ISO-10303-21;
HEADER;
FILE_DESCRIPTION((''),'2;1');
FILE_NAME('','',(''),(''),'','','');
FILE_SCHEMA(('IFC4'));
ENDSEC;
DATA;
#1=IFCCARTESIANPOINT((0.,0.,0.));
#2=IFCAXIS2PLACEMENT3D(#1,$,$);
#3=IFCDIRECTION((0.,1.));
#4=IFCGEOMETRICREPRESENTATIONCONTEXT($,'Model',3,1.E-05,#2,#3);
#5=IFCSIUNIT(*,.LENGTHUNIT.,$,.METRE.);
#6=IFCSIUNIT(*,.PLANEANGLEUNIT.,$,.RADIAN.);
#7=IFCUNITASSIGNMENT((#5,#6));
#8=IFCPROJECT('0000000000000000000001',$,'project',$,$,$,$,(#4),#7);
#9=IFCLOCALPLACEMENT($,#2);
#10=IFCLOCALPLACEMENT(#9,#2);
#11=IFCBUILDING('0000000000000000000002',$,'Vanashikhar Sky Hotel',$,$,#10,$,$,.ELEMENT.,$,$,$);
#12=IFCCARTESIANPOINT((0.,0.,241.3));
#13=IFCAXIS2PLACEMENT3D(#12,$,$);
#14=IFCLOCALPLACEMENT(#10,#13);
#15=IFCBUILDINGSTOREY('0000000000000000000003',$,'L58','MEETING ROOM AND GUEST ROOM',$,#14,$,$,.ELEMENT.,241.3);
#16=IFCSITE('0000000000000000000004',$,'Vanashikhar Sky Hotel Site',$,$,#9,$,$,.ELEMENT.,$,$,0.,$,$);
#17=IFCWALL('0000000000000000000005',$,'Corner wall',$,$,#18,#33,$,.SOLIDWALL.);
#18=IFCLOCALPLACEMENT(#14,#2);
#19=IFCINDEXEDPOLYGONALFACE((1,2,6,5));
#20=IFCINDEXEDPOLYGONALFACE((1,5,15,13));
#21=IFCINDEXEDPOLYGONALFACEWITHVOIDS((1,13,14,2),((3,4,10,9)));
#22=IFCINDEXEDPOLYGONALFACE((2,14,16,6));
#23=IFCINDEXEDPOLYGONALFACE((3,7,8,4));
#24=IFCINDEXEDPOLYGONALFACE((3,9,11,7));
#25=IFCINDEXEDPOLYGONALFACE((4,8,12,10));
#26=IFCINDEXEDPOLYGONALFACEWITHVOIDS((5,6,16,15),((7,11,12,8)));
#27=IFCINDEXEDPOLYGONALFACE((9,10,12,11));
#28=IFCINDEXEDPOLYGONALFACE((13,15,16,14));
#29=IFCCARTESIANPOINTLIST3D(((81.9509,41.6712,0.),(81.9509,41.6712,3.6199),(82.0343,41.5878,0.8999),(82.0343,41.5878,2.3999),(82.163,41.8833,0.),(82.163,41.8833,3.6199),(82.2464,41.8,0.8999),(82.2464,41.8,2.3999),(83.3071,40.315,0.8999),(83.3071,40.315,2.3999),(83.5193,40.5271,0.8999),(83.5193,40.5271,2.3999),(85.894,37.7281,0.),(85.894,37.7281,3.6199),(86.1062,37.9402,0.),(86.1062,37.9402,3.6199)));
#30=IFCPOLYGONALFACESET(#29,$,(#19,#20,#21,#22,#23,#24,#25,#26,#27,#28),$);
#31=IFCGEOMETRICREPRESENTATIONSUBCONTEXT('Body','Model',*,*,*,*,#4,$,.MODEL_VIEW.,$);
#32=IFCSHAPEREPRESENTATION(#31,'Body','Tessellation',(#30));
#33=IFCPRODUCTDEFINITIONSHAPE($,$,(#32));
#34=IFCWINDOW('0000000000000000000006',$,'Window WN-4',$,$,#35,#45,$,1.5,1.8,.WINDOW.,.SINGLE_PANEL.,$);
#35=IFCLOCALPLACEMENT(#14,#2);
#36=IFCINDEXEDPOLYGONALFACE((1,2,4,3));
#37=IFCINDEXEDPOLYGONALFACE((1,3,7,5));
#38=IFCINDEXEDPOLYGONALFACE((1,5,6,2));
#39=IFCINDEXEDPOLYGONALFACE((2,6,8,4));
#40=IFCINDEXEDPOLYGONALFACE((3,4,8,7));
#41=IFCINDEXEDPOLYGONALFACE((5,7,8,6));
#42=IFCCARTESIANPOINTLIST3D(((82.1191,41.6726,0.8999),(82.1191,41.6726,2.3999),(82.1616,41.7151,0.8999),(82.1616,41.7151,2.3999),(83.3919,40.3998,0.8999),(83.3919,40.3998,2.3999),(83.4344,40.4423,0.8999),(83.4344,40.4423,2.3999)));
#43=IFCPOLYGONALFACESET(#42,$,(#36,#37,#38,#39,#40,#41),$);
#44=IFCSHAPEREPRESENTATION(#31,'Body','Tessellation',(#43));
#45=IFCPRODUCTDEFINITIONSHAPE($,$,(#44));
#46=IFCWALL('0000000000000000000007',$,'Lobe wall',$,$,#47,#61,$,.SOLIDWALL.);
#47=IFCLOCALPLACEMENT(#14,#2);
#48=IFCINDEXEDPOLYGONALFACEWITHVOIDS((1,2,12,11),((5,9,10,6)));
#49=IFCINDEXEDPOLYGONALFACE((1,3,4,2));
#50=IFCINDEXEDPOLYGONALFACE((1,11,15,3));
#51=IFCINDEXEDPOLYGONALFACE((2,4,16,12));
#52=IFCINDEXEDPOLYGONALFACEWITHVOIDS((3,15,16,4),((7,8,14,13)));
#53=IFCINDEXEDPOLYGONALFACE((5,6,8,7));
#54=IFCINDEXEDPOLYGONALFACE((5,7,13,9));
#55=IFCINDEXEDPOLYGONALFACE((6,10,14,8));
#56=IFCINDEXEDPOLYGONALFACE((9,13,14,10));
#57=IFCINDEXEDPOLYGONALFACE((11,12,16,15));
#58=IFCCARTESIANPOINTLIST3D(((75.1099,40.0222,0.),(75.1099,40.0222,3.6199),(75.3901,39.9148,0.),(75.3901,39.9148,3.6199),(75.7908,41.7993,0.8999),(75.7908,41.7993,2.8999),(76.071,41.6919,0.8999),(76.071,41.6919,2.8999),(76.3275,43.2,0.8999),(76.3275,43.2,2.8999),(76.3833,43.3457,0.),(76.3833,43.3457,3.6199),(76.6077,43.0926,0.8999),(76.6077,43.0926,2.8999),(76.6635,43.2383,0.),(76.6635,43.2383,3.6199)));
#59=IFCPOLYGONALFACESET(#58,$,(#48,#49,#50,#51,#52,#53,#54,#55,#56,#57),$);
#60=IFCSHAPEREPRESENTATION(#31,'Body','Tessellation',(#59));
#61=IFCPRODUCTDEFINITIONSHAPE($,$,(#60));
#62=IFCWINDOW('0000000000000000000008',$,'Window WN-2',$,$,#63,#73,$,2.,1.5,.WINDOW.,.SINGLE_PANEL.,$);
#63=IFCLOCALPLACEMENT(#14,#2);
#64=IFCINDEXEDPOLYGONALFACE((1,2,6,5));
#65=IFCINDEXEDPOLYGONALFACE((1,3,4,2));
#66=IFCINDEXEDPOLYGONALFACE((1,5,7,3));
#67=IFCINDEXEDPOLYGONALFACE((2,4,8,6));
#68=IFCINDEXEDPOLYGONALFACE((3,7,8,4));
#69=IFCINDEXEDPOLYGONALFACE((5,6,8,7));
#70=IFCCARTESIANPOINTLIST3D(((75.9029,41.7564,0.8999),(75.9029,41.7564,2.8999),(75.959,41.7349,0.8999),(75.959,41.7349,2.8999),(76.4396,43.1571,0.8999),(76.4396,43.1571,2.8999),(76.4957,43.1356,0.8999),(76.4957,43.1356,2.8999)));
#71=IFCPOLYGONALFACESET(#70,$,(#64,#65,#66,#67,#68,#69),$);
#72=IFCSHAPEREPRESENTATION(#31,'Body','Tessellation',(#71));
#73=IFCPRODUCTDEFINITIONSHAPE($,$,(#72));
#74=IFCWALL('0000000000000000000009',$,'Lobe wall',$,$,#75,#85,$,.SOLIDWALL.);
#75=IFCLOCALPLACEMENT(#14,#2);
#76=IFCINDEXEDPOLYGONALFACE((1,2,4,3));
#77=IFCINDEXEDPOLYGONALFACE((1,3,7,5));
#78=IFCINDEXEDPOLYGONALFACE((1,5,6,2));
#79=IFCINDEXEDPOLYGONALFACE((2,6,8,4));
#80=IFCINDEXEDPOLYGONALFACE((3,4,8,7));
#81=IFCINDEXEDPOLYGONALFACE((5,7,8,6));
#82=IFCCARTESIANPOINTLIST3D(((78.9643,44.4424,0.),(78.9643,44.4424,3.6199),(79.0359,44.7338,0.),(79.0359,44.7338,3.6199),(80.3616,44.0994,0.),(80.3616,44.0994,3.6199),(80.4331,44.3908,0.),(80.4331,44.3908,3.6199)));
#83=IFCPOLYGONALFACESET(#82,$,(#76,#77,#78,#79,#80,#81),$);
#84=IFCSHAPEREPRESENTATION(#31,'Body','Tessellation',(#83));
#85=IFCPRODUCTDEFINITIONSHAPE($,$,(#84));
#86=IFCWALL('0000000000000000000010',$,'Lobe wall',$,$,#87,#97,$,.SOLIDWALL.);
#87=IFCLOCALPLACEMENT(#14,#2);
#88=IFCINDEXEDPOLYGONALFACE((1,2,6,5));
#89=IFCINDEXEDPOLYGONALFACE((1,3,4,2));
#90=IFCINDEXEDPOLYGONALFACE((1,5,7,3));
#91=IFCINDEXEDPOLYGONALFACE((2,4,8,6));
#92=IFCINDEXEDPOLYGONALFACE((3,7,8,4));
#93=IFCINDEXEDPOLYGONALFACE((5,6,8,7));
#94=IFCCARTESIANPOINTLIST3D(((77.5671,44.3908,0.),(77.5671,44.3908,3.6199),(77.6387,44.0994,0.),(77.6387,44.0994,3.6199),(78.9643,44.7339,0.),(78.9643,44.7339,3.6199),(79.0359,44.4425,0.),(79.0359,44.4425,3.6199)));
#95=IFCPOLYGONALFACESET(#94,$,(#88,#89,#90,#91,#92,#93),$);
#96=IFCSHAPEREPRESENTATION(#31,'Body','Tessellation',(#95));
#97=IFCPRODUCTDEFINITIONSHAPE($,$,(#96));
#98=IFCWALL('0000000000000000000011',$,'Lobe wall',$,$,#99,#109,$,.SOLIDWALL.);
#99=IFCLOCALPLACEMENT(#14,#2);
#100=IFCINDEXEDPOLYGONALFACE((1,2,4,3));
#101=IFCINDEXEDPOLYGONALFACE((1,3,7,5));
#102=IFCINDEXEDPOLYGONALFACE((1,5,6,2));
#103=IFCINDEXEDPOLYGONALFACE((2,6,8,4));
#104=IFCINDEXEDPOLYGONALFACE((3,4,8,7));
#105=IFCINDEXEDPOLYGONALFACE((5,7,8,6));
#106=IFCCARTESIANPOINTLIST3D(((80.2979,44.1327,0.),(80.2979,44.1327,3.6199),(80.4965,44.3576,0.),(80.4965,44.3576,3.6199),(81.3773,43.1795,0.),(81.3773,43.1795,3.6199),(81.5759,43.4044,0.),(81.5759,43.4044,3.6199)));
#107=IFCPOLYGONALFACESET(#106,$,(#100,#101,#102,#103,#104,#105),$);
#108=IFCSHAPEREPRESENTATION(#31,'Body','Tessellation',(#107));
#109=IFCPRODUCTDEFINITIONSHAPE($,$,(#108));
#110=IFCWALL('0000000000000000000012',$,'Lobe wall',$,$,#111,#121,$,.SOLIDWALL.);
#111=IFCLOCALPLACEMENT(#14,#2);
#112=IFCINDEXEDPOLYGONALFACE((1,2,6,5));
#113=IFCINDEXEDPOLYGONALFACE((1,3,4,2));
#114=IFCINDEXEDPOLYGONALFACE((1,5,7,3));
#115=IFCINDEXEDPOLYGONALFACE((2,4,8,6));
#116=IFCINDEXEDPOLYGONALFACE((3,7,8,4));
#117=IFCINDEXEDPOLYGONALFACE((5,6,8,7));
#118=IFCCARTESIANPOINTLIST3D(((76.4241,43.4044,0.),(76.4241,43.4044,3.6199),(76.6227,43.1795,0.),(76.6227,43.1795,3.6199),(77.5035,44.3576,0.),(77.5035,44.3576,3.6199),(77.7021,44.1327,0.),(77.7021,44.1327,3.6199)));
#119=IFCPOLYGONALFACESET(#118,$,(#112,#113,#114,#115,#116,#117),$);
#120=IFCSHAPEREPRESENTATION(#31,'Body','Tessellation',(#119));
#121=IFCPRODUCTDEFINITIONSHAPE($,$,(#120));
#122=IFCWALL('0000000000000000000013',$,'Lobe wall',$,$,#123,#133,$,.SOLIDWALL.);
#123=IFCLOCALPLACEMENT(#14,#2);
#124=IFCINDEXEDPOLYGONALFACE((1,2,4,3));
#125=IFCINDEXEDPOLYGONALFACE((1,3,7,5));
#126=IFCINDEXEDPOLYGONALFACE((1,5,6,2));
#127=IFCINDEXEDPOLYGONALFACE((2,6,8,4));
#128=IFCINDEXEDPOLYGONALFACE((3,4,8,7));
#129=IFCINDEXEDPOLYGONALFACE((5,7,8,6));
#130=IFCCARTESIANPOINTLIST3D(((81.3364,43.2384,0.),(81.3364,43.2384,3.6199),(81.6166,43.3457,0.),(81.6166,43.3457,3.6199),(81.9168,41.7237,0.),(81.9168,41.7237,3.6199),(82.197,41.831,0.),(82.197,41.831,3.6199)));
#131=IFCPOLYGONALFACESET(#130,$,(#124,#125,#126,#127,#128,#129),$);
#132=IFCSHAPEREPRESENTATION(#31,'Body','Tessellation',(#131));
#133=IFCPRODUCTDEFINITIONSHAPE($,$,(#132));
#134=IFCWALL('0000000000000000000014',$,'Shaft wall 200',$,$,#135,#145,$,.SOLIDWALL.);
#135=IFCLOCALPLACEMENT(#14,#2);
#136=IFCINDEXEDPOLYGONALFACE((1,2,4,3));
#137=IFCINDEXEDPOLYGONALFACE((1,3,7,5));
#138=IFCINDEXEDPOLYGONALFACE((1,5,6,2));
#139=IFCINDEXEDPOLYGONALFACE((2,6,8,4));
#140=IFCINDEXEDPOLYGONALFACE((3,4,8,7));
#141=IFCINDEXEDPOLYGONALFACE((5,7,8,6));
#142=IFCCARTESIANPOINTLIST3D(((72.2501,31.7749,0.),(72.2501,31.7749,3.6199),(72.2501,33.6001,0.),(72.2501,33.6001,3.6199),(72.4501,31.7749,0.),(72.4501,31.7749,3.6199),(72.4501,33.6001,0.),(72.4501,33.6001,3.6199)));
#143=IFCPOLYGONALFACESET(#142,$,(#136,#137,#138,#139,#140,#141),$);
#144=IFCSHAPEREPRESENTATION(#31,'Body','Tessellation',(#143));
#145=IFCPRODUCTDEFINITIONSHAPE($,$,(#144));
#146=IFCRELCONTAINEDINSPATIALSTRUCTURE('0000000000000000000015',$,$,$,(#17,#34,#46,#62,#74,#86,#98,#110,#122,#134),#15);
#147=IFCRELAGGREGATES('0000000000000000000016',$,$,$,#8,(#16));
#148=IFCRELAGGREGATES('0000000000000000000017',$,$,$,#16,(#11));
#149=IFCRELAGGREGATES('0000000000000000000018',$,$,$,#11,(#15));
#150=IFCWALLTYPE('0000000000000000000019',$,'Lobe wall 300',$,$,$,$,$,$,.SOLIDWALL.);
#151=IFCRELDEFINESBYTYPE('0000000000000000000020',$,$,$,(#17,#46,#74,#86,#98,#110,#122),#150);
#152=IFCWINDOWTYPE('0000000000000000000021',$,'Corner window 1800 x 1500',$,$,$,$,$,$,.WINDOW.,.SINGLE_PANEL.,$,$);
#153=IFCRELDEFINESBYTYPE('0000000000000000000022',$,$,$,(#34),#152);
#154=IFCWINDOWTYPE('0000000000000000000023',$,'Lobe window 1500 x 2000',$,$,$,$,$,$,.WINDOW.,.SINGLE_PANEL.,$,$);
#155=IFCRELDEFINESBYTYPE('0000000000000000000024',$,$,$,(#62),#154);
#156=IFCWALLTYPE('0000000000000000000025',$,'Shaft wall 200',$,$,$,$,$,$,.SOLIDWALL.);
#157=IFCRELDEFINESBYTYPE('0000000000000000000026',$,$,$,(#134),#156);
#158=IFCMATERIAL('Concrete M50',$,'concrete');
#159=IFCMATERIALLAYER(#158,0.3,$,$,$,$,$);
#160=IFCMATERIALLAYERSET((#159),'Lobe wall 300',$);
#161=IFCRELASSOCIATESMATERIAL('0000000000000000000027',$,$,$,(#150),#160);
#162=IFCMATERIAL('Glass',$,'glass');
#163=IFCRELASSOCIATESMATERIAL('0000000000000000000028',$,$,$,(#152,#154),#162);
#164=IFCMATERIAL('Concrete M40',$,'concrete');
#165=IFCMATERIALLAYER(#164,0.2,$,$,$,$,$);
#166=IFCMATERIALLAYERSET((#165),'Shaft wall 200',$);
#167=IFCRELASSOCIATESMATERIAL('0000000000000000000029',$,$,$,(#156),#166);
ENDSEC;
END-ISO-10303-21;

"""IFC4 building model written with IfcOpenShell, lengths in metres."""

from ifc_helpers import new_model, si_unit, direction, frame, frame_2d, origin, place, context, subcontext, project, spatial, rectangle, extrude, source, transform, mapped, material, layer, layer_set, type_object, element, fill, save


model = new_model("IFC4")

# Units and contexts
model_context = context("Model", 3, precision=1e-05, world=origin(), true_north=direction((0.0, 1.0)))
body_context = subcontext(model_context, "Body", "Model", "MODEL_VIEW")
ifc_project = project(units=[si_unit("LENGTHUNIT", "METRE"), si_unit("PLANEANGLEUNIT", "RADIAN")], contexts=[model_context])

# Site, building, storey
site_placement = place(None, origin())
site = spatial("IfcSite", under=ifc_project, at=site_placement, Name="Vanashikhar Sky Hotel Site", CompositionType="ELEMENT", RefElevation=0.0)
building_placement = place(site_placement, origin())
building = spatial("IfcBuilding", under=site, at=building_placement, Name="Vanashikhar Sky Hotel", CompositionType="ELEMENT")
storey_placement = place(building_placement, frame((0.0, 0.0, 241.3)))
storey = spatial("IfcBuildingStorey", under=building, at=storey_placement, Name="L58", Description="MEETING ROOM AND GUEST ROOM", CompositionType="ELEMENT", Elevation=241.3)

# Walls, openings, windows
ifc_material_1 = material(Name="Concrete M50", Category="concrete")
ifc_layer_1 = layer(ifc_material_1, 0.3)
ifc_layer_set_1 = layer_set([ifc_layer_1], Name="Lobe wall 300")
wall_type_1 = type_object("IfcWallType", Name="Lobe wall 300", PredefinedType="SOLIDWALL", material=ifc_layer_set_1)
shared_shape_1 = source(origin(), body_context, "Body", "SweptSolid", [
    extrude(rectangle(XDim=5.5764, YDim=0.3, at=frame_2d((2.7881, 0.0))), origin(), (0.0, 0.0, 1.0), 3.6199),
])
wall_1_placement = place(storey_placement, frame((86.0, 37.8342, 0.0), z_axis=(0.0, 0.0, 1.0), x_axis=(-0.707107, 0.707107, 0.0)))
wall_1 = element("IfcWall", 1, at=wall_1_placement, inside=storey, type_object=wall_type_1, Name="Corner wall", PredefinedType="SOLIDWALL", context=body_context, shape_type="MappedRepresentation", body=[
    mapped(shared_shape_1, transform((0.0, 0.0, 0.0), scale=1.0)),
])
shared_shape_2 = source(origin(), body_context, "Body", "SweptSolid", [
    extrude(rectangle(XDim=1.8, YDim=1.5, at=frame_2d((0.8999, 0.75))), frame((0.0, 0.1602, 0.0), z_axis=(0.0, -1.0, 0.0), x_axis=(1.0, 0.0, 0.0)), (0.0, 0.0, 1.0), 0.3201),
])
opening_1_placement = place(wall_1_placement, frame((3.6584, 0.0, 0.8999)))
opening_1 = element("IfcOpeningElement", 2, at=opening_1_placement, cuts=wall_1, PredefinedType="OPENING", context=body_context, shape_type="MappedRepresentation", body=[
    mapped(shared_shape_2, transform((0.0, 0.0, 0.0), scale=1.0)),
])
ifc_material_2 = material(Name="Glass", Category="glass")
window_type_1 = type_object("IfcWindowType", Name="Corner window 1800 x 1500", PartitioningType="SINGLE_PANEL", PredefinedType="WINDOW", material=ifc_material_2)
shared_shape_3 = source(origin(), body_context, "Body", "SweptSolid", [
    extrude(rectangle(XDim=1.8, YDim=1.5, at=frame_2d((0.8999, 0.75))), frame((0.0, 0.03, 0.0), z_axis=(0.0, -1.0, 0.0), x_axis=(1.0, 0.0, 0.0)), (0.0, 0.0, 1.0), 0.0601),
])
window_1_placement = place(opening_1_placement, origin())
window_1 = element("IfcWindow", 3, at=window_1_placement, inside=storey, type_object=window_type_1, Name="Window WN-4", OverallHeight=1.5, OverallWidth=1.8, PartitioningType="SINGLE_PANEL", PredefinedType="WINDOW", context=body_context, shape_type="MappedRepresentation", body=[
    mapped(shared_shape_3, transform((0.0, 0.0, 0.0), scale=1.0)),
])
fill(opening_1, window_1)
shared_shape_4 = source(origin(), body_context, "Body", "SweptSolid", [
    extrude(rectangle(XDim=3.5591, YDim=0.3, at=frame_2d((1.7795, 0.0))), origin(), (0.0, 0.0, 1.0), 3.6199),
])
wall_2_placement = place(storey_placement, frame((76.5234, 43.292, 0.0), z_axis=(0.0, 0.0, 1.0), x_axis=(-0.357797, -0.933799, 0.0)))
wall_2 = element("IfcWall", 4, at=wall_2_placement, inside=storey, type_object=wall_type_1, Name="Lobe wall", PredefinedType="SOLIDWALL", context=body_context, shape_type="MappedRepresentation", body=[
    mapped(shared_shape_4, transform((0.0, 0.0, 0.0), scale=1.0)),
])
shared_shape_5 = source(origin(), body_context, "Body", "SweptSolid", [
    extrude(rectangle(XDim=1.5, YDim=2.0, at=frame_2d((0.75, 1.0))), frame((0.0, 0.1602, 0.0), z_axis=(0.0, -1.0, 0.0), x_axis=(1.0, 0.0, 0.0)), (0.0, 0.0, 1.0), 0.3201),
])
opening_2_placement = place(wall_2_placement, frame((0.156, 0.0, 0.8999)))
opening_2 = element("IfcOpeningElement", 5, at=opening_2_placement, cuts=wall_2, PredefinedType="OPENING", context=body_context, shape_type="MappedRepresentation", body=[
    mapped(shared_shape_5, transform((0.0, 0.0, 0.0), scale=1.0)),
])
window_type_2 = type_object("IfcWindowType", Name="Lobe window 1500 x 2000", PartitioningType="SINGLE_PANEL", PredefinedType="WINDOW", material=ifc_material_2)
shared_shape_6 = source(origin(), body_context, "Body", "SweptSolid", [
    extrude(rectangle(XDim=1.5, YDim=2.0, at=frame_2d((0.75, 1.0))), frame((0.0, 0.03, 0.0), z_axis=(0.0, -1.0, 0.0), x_axis=(1.0, 0.0, 0.0)), (0.0, 0.0, 1.0), 0.0601),
])
window_2_placement = place(opening_2_placement, origin())
window_2 = element("IfcWindow", 6, at=window_2_placement, inside=storey, type_object=window_type_2, Name="Window WN-2", OverallHeight=2.0, OverallWidth=1.5, PartitioningType="SINGLE_PANEL", PredefinedType="WINDOW", context=body_context, shape_type="MappedRepresentation", body=[
    mapped(shared_shape_6, transform((0.0, 0.0, 0.0), scale=1.0)),
])
fill(opening_2, window_2)

# Walls
shared_shape_7 = source(origin(), body_context, "Body", "SweptSolid", [
    extrude(rectangle(XDim=1.4387, YDim=0.3, at=frame_2d((0.7192, 0.0))), origin(), (0.0, 0.0, 1.0), 3.6199),
])
for number, where, z_axis, x_axis, name in (
    (7, (80.3972, 44.2451, 0.0), (0.0, 0.0, 1.0), (-0.971162, 0.238421, 0.0), "Lobe wall"),
    (8, (79.0, 44.5881, 0.0), (0.0, 0.0, 1.0), (-0.971162, -0.238421, 0.0), "Lobe wall"),
):
    element("IfcWall", number, at=place(storey_placement, frame(where, z_axis=z_axis, x_axis=x_axis)), inside=storey, type_object=wall_type_1, Name=name, PredefinedType="SOLIDWALL", context=body_context, shape_type="MappedRepresentation", body=[
        mapped(shared_shape_7, transform((0.0, 0.0, 0.0), scale=1.0)),
    ])
shared_shape_8 = source(origin(), body_context, "Body", "SweptSolid", [
    extrude(rectangle(XDim=1.4399, YDim=0.3, at=frame_2d((0.72, 0.0))), origin(), (0.0, 0.0, 1.0), 3.6199),
])
for number, where, z_axis, x_axis, name in (
    (9, (81.4766, 43.292, 0.0), (0.0, 0.0, 1.0), (-0.749576, 0.661919, 0.0), "Lobe wall"),
    (10, (77.6028, 44.2451, 0.0), (0.0, 0.0, 1.0), (-0.749576, -0.661919, 0.0), "Lobe wall"),
):
    element("IfcWall", number, at=place(storey_placement, frame(where, z_axis=z_axis, x_axis=x_axis)), inside=storey, type_object=wall_type_1, Name=name, PredefinedType="SOLIDWALL", context=body_context, shape_type="MappedRepresentation", body=[
        mapped(shared_shape_8, transform((0.0, 0.0, 0.0), scale=1.0)),
    ])
shared_shape_9 = source(origin(), body_context, "Body", "SweptSolid", [
    extrude(rectangle(XDim=1.6221, YDim=0.3, at=frame_2d((0.811, 0.0))), origin(), (0.0, 0.0, 1.0), 3.6199),
])
wall_3_placement = place(storey_placement, frame((82.0569, 41.7773, 0.0), z_axis=(0.0, 0.0, 1.0), x_axis=(-0.357779, 0.933806, 0.0)))
element("IfcWall", 11, at=wall_3_placement, inside=storey, type_object=wall_type_1, Name="Lobe wall", PredefinedType="SOLIDWALL", context=body_context, shape_type="MappedRepresentation", body=[
    mapped(shared_shape_9, transform((0.0, 0.0, 0.0), scale=1.0)),
])
ifc_material_3 = material(Name="Concrete M40", Category="concrete")
ifc_layer_2 = layer(ifc_material_3, 0.2)
ifc_layer_set_2 = layer_set([ifc_layer_2], Name="Shaft wall 200")
wall_type_2 = type_object("IfcWallType", Name="Shaft wall 200", PredefinedType="SOLIDWALL", material=ifc_layer_set_2)
shared_shape_10 = source(origin(), body_context, "Body", "SweptSolid", [
    extrude(rectangle(XDim=1.8252, YDim=0.2, at=frame_2d((0.9126, 0.0))), origin(), (0.0, 0.0, 1.0), 3.6199),
])
wall_4_placement = place(storey_placement, frame((72.3501, 31.7749, 0.0), z_axis=(0.0, 0.0, 1.0), x_axis=(0.0, 1.0, 0.0)))
element("IfcWall", 12, at=wall_4_placement, inside=storey, type_object=wall_type_2, Name="Shaft wall 200", PredefinedType="SOLIDWALL", context=body_context, shape_type="MappedRepresentation", body=[
    mapped(shared_shape_10, transform((0.0, 0.0, 0.0), scale=1.0)),
])

save(model, "model.ifc")
